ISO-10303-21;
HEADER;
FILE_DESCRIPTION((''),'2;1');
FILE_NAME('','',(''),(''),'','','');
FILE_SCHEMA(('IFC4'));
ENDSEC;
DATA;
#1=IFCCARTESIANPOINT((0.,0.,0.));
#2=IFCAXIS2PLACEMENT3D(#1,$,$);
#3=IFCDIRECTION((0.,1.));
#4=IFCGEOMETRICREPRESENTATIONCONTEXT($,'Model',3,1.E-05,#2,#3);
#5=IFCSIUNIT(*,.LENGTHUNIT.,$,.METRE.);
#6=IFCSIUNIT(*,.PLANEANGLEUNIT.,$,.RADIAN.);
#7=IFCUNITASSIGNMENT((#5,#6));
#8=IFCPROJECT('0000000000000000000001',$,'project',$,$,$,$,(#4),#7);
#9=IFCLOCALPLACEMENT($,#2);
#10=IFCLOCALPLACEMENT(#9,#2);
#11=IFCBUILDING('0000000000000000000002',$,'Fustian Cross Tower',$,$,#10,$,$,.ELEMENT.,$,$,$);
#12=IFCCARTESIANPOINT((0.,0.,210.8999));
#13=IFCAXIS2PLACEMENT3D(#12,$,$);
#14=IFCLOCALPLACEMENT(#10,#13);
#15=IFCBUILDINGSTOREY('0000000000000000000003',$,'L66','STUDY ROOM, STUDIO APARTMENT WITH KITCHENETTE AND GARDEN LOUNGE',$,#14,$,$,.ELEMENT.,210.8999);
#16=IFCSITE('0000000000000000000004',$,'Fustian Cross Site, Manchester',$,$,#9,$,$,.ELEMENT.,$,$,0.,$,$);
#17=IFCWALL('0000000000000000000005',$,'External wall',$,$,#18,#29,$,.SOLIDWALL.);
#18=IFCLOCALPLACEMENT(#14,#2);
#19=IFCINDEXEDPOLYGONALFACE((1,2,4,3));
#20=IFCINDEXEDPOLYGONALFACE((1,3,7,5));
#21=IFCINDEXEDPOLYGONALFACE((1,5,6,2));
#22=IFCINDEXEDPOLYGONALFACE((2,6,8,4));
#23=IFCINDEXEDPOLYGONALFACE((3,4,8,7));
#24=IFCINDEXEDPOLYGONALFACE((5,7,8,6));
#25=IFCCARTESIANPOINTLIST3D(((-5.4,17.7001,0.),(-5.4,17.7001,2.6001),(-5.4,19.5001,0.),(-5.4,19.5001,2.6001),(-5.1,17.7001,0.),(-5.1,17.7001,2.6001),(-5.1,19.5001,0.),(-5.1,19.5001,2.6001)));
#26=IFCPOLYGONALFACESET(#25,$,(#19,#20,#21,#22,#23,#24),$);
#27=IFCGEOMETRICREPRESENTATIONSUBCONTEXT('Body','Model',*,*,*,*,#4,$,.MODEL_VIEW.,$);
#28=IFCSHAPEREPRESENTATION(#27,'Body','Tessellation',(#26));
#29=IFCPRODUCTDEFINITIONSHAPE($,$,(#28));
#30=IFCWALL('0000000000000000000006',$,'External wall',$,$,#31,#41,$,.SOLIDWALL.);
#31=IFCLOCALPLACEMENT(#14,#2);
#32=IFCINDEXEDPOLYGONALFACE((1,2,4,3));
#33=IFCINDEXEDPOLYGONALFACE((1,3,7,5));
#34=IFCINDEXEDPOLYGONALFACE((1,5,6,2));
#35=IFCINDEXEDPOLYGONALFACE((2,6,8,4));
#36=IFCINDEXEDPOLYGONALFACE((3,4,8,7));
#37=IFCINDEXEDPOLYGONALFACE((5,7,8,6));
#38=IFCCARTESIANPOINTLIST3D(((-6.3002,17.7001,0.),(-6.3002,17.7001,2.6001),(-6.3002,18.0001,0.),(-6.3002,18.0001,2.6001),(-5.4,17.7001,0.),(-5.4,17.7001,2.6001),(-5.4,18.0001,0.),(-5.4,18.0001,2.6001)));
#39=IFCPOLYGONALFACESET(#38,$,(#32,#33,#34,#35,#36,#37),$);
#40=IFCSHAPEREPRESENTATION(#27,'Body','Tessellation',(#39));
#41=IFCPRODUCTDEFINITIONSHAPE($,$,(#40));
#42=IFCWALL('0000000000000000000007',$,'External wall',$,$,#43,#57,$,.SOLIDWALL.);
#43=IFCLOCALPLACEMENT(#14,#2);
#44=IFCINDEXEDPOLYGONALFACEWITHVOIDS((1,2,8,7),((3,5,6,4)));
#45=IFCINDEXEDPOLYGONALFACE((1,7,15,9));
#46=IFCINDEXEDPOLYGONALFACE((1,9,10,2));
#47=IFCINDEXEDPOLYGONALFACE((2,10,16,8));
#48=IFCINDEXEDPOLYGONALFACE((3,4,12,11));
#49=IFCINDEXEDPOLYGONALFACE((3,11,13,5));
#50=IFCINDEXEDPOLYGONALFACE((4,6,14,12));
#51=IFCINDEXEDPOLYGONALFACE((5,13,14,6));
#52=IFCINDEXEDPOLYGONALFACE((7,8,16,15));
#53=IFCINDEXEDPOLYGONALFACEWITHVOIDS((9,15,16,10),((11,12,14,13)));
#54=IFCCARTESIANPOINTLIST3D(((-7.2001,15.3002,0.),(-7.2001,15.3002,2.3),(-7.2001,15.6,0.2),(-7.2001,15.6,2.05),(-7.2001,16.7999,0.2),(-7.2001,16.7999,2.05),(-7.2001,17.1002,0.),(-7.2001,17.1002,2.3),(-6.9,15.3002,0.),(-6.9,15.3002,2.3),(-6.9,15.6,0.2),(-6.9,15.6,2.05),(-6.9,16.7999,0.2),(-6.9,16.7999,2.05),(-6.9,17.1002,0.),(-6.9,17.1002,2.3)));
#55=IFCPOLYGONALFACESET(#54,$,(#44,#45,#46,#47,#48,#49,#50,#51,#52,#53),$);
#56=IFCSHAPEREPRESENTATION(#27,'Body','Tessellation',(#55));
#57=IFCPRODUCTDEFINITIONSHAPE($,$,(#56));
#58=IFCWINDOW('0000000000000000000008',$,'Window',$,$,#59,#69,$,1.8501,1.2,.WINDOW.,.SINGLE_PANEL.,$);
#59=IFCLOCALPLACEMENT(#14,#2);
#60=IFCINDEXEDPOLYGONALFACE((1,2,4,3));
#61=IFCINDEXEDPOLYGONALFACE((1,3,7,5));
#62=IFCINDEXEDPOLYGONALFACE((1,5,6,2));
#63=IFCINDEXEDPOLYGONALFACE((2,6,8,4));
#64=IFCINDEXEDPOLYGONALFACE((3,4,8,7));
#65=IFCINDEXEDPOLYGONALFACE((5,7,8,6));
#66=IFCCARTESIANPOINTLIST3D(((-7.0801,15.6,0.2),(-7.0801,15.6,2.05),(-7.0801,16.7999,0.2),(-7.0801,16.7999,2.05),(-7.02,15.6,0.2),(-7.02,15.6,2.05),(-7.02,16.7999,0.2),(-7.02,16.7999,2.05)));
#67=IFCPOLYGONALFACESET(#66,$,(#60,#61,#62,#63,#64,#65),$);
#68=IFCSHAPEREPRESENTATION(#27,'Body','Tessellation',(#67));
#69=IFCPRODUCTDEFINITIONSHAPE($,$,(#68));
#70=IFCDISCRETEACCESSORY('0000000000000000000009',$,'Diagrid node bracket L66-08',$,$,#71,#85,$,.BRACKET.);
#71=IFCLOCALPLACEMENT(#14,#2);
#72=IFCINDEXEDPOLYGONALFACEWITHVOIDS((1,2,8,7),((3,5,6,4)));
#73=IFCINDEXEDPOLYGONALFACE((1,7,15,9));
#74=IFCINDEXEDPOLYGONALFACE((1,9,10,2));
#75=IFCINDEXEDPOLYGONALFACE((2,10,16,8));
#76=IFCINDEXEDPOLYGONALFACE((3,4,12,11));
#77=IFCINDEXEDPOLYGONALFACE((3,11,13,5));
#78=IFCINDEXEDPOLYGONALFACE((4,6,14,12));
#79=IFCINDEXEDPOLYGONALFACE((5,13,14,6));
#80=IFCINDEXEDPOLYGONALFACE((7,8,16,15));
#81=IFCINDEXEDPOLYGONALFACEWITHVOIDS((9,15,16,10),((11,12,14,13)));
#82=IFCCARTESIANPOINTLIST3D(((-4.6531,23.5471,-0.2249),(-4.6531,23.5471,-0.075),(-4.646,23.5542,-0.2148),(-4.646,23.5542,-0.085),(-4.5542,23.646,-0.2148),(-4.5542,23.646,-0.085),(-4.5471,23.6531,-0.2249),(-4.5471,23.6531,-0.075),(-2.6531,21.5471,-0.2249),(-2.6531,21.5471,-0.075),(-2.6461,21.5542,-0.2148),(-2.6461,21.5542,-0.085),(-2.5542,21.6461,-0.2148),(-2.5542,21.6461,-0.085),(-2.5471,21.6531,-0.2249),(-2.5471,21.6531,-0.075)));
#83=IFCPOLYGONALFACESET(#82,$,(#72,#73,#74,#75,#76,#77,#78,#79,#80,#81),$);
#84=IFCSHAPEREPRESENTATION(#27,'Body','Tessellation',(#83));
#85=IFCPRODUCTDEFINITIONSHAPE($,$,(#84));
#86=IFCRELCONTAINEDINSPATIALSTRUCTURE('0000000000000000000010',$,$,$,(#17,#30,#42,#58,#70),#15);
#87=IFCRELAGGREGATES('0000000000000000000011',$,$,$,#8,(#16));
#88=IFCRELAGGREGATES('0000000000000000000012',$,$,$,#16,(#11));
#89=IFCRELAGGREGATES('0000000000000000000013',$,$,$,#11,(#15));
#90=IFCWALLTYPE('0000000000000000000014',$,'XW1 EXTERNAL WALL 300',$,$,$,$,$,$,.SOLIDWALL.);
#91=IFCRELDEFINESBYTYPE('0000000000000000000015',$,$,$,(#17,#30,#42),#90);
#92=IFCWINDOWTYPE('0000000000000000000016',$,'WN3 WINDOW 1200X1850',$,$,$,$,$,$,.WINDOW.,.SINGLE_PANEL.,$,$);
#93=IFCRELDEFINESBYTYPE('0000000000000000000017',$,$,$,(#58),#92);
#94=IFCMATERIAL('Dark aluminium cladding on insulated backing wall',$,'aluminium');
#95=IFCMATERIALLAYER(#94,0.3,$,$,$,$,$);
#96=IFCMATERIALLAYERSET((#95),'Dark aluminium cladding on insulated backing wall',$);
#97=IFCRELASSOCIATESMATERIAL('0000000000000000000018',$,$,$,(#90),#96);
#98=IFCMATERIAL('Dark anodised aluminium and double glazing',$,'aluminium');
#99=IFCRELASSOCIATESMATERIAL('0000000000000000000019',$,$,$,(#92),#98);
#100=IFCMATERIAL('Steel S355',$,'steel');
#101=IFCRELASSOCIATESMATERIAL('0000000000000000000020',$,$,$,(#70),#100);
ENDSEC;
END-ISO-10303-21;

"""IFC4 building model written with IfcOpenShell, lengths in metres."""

from ifc_helpers import new_model, si_unit, direction, frame, frame_2d, origin, origin_2d, place, context, subcontext, project, spatial, rectangle, hollow_rectangle, extrude, material, layer, layer_set, type_object, element, fill, save


model = new_model("IFC4")

# Units and contexts
model_context = context("Model", 3, precision=1e-05, world=origin(), true_north=direction((0.0, 1.0)))
body_context = subcontext(model_context, "Body", "Model", "MODEL_VIEW")
ifc_project = project(units=[si_unit("LENGTHUNIT", "METRE"), si_unit("PLANEANGLEUNIT", "RADIAN")], contexts=[model_context])

# Site, building, storey
site_placement = place(None, origin())
site = spatial("IfcSite", under=ifc_project, at=site_placement, Name="Fustian Cross Site, Manchester", CompositionType="ELEMENT", RefElevation=0.0)
building_placement = place(site_placement, origin())
building = spatial("IfcBuilding", under=site, at=building_placement, Name="Fustian Cross Tower", CompositionType="ELEMENT")
storey_placement = place(building_placement, frame((0.0, 0.0, 210.8999)))
storey = spatial("IfcBuildingStorey", under=building, at=storey_placement, Name="L66", Description="STUDY ROOM, STUDIO APARTMENT WITH KITCHENETTE AND GARDEN LOUNGE", CompositionType="ELEMENT", Elevation=210.8999)

# Shared definitions
ifc_material_1 = material(Name="Dark aluminium cladding on insulated backing wall", Category="aluminium")
ifc_layer_1 = layer(ifc_material_1, 0.3)
ifc_layer_set_1 = layer_set([ifc_layer_1], Name="Dark aluminium cladding on insulated backing wall")
wall_type_1 = type_object("IfcWallType", Name="XW1 EXTERNAL WALL 300", PredefinedType="SOLIDWALL", material=ifc_layer_set_1)

# Shared definitions
ifc_material_2 = material(Name="Dark anodised aluminium and double glazing", Category="aluminium")
window_type = type_object("IfcWindowType", Name="WN3 WINDOW 1200X1850", PartitioningType="SINGLE_PANEL", PredefinedType="WINDOW", material=ifc_material_2)

# Walls
wall_1_placement = place(storey_placement, frame((-5.25, 19.5, 0.0), z_axis=(0.0, 0.0, 1.0), x_axis=(0.0, -1.0, 0.0)))
element("IfcWall", 1, at=wall_1_placement, inside=storey, type_object=wall_type_1, Name="External wall", PredefinedType="SOLIDWALL", context=body_context, shape_type="SweptSolid", body=[
    extrude(rectangle(XDim=1.8, YDim=0.3, at=frame_2d((0.8999, 0.0))), origin(), (0.0, 0.0, 1.0), 2.6001),
])
wall_2_placement = place(storey_placement, frame((-5.3999, 17.8501, 0.0), z_axis=(0.0, 0.0, 1.0), x_axis=(-1.0, 0.0, 0.0)))
element("IfcWall", 2, at=wall_2_placement, inside=storey, type_object=wall_type_1, Name="External wall", PredefinedType="SOLIDWALL", context=body_context, shape_type="SweptSolid", body=[
    extrude(rectangle(XDim=0.9001, YDim=0.3, at=frame_2d((0.4502, 0.0))), origin(), (0.0, 0.0, 1.0), 2.6001),
])

# Wall, opening, window
wall_3_placement = place(storey_placement, frame((-7.05, 17.1001, 0.0), z_axis=(0.0, 0.0, 1.0), x_axis=(0.0, -1.0, 0.0)))
wall_3 = element("IfcWall", 3, at=wall_3_placement, inside=storey, type_object=wall_type_1, Name="External wall", PredefinedType="SOLIDWALL", context=body_context, shape_type="SweptSolid", body=[
    extrude(rectangle(XDim=1.8, YDim=0.3, at=frame_2d((0.8999, 0.0))), origin(), (0.0, 0.0, 1.0), 2.3),
])
opening_1_placement = place(wall_3_placement, frame((0.3, 0.0, 0.2)))
opening_1 = element("IfcOpeningElement", 4, at=opening_1_placement, cuts=wall_3, PredefinedType="OPENING", context=body_context, shape_type="SweptSolid", body=[
    extrude(rectangle(XDim=1.2, YDim=1.8501, at=frame_2d((0.6001, 0.925))), frame((0.0, 0.1599, 0.0), z_axis=(0.0, -1.0, 0.0), x_axis=(1.0, 0.0, 0.0)), (0.0, 0.0, 1.0), 0.3201),
])
window_1_placement = place(opening_1_placement, origin())
window_1 = element("IfcWindow", 5, at=window_1_placement, inside=storey, type_object=window_type, Name="Window", OverallHeight=1.8501, OverallWidth=1.2, PartitioningType="SINGLE_PANEL", PredefinedType="WINDOW", context=body_context, shape_type="SweptSolid", body=[
    extrude(rectangle(XDim=1.2, YDim=1.8501, at=frame_2d((0.6001, 0.925))), frame((0.0, 0.03, 0.0), z_axis=(0.0, -1.0, 0.0), x_axis=(1.0, 0.0, 0.0)), (0.0, 0.0, 1.0), 0.0601),
])
fill(opening_1, window_1)

# Discrete accessory
ifc_material_3 = material(Name="Steel S355", Category="steel")
discrete_accessory_placement = place(storey_placement, frame((-4.6001, 23.6001, -0.1499), z_axis=(0.707107, -0.707107, 0.0), x_axis=(0.707107, 0.707107, 0.0)))
element("IfcDiscreteAccessory", 6, at=discrete_accessory_placement, inside=storey, material=ifc_material_3, Name="Diagrid node bracket L66-08", PredefinedType="BRACKET", context=body_context, shape_type="SweptSolid", body=[
    extrude(hollow_rectangle(XDim=0.1499, YDim=0.1499, WallThickness=0.01, at=origin_2d()), origin(), (0.0, 0.0, 1.0), 2.8284),
])

save(model, "model.ifc")
